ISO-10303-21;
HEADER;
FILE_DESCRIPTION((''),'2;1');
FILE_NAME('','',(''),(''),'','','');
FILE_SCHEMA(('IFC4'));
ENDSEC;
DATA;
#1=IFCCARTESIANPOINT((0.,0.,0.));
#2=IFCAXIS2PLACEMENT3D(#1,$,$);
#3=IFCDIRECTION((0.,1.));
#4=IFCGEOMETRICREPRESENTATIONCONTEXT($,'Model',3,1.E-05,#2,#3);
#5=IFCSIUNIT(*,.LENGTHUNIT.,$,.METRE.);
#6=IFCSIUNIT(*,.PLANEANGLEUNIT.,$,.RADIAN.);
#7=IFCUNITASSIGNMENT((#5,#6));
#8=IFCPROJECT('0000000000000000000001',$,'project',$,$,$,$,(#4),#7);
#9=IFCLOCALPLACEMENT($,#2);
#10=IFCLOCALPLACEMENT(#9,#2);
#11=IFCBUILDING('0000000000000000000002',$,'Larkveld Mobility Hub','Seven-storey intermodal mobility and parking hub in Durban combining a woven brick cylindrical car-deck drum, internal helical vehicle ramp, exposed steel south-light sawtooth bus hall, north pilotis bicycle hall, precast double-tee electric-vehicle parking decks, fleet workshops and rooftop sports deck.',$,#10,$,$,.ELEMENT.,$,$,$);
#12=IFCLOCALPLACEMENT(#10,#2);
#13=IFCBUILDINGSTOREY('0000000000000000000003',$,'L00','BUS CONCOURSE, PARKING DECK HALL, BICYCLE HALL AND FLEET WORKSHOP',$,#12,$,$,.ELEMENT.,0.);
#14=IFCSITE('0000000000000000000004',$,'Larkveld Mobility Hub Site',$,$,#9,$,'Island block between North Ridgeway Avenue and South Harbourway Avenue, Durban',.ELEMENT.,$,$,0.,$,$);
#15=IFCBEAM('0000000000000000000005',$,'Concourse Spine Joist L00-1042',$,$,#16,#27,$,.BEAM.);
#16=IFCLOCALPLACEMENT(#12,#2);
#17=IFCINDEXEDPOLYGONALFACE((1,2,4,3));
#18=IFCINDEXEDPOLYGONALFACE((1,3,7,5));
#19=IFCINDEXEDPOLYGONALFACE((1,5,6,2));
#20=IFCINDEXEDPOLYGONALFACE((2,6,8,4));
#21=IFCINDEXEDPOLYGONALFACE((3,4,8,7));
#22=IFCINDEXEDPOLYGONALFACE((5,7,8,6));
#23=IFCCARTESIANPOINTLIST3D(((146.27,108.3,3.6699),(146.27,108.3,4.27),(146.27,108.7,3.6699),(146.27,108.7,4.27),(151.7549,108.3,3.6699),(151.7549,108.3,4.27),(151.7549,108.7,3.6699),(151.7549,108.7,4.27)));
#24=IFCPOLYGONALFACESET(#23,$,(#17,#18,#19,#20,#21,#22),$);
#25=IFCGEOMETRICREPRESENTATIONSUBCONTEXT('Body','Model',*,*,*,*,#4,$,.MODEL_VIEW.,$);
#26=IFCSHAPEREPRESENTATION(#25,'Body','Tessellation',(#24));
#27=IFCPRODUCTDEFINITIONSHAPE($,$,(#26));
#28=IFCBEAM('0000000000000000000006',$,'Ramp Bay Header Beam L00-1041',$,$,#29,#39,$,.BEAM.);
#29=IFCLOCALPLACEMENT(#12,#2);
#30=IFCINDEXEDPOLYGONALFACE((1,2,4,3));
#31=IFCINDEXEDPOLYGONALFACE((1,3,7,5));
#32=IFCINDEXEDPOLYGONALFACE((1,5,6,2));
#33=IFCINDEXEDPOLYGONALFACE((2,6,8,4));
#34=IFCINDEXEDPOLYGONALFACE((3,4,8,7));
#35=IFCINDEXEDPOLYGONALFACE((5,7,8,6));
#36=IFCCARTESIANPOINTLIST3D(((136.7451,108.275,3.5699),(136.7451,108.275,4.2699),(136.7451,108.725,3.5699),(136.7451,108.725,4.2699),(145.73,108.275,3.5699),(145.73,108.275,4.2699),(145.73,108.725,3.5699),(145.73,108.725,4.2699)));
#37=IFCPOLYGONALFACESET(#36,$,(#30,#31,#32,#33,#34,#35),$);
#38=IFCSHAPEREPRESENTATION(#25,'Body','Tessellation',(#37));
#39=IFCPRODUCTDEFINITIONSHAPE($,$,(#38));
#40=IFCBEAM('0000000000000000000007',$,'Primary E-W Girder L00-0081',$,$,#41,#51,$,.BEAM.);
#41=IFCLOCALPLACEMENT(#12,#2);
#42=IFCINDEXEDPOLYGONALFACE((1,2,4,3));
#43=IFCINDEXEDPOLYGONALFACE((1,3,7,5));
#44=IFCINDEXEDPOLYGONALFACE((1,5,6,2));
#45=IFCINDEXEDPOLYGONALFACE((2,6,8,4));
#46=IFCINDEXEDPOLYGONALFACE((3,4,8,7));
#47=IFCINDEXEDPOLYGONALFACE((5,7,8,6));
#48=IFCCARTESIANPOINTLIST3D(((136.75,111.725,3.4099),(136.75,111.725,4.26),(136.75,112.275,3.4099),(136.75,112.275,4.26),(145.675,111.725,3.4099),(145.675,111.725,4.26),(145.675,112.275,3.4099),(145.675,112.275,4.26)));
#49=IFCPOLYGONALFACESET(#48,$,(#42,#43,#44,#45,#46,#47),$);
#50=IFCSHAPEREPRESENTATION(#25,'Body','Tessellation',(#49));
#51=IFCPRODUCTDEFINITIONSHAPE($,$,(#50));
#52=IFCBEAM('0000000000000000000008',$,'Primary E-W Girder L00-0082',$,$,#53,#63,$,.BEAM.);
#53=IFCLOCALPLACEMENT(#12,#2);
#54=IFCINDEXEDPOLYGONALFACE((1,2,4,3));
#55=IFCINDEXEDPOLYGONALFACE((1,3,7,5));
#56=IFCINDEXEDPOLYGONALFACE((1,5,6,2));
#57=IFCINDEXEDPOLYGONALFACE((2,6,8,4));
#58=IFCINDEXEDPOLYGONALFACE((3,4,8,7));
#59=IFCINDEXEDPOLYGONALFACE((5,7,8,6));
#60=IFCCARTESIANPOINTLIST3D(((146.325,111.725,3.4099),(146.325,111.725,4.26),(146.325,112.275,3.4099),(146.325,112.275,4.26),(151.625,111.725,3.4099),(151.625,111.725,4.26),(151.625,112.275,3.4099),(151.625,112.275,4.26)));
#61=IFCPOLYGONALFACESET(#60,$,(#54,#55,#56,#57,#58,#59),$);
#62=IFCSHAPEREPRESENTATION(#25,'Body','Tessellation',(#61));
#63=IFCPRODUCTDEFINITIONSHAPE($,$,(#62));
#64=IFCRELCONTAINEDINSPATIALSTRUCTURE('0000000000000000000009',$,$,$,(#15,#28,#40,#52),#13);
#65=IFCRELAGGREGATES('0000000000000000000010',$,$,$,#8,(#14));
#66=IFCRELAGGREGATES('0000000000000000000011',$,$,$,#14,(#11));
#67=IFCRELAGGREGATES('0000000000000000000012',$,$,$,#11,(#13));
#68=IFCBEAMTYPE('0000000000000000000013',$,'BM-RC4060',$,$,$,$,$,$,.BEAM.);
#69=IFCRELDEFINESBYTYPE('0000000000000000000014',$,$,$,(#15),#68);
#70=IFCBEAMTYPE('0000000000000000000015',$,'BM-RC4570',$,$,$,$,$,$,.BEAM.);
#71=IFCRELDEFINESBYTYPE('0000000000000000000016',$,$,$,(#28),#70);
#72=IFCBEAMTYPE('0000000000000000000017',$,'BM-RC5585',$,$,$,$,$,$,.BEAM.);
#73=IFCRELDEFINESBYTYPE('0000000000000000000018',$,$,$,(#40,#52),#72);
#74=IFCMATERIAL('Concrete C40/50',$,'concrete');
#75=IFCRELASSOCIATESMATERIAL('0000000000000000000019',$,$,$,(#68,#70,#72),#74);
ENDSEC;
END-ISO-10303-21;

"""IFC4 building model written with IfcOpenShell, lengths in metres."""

from ifc_helpers import new_model, si_unit, direction, frame, origin, origin_2d, place, context, subcontext, project, spatial, rectangle, extrude, material, material_profile, profile_set, type_object, element, save


model = new_model("IFC4")

# Units and contexts
model_context = context("Model", 3, precision=1e-05, world=origin(), true_north=direction((0.0, 1.0)))
body_context = subcontext(model_context, "Body", "Model", "MODEL_VIEW")
ifc_project = project(units=[si_unit("LENGTHUNIT", "METRE"), si_unit("PLANEANGLEUNIT", "RADIAN")], contexts=[model_context])

# Site, building, storey
site_placement = place(None, origin())
site = spatial("IfcSite", under=ifc_project, at=site_placement, Name="Larkveld Mobility Hub Site", LongName="Island block between North Ridgeway Avenue and South Harbourway Avenue, Durban", CompositionType="ELEMENT", RefElevation=0.0)
building_placement = place(site_placement, origin())
building = spatial("IfcBuilding", under=site, at=building_placement, Name="Larkveld Mobility Hub", Description="Seven-storey intermodal mobility and parking hub in Durban combining a woven brick cylindrical car-deck drum, internal helical vehicle ramp, exposed steel south-light sawtooth bus hall, north pilotis bicycle hall, precast double-tee electric-vehicle parking decks, fleet workshops and rooftop sports deck.", CompositionType="ELEMENT")
storey_placement = place(building_placement, origin())
storey = spatial("IfcBuildingStorey", under=building, at=storey_placement, Name="L00", Description="BUS CONCOURSE, PARKING DECK HALL, BICYCLE HALL AND FLEET WORKSHOP", CompositionType="ELEMENT", Elevation=0.0)

# Shared definitions
ifc_material_1 = material(Name="Concrete C40/50", Category="concrete")

# Beams
ifc_material_profile_1 = material_profile(ifc_material_1, rectangle(XDim=0.3999, YDim=0.6001, at=origin_2d()), Name="RC BM 400x600")
ifc_profile_set_1 = profile_set([ifc_material_profile_1], Name="Concrete C40/50")
beam_type_1 = type_object("IfcBeamType", Name="BM-RC4060", PredefinedType="BEAM", material=ifc_profile_set_1)
beam_1_placement = place(storey_placement, frame((146.27, 108.5, 3.97), z_axis=(1.0, 0.0, 0.0), x_axis=(0.0, 1.0, 0.0)))
element("IfcBeam", 1, at=beam_1_placement, inside=storey, type_object=beam_type_1, Name="Concourse Spine Joist L00-1042", PredefinedType="BEAM", context=body_context, shape_type="SweptSolid", body=[
    extrude(rectangle(XDim=0.3999, YDim=0.6001, at=origin_2d()), origin(), (0.0, 0.0, 1.0), 5.4849),
])
ifc_material_profile_2 = material_profile(ifc_material_1, rectangle(XDim=0.45, YDim=0.7, at=origin_2d()), Name="RC BM 450x700")
ifc_profile_set_2 = profile_set([ifc_material_profile_2], Name="Concrete C40/50")
beam_type_2 = type_object("IfcBeamType", Name="BM-RC4570", PredefinedType="BEAM", material=ifc_profile_set_2)
beam_2_placement = place(storey_placement, frame((136.7451, 108.5, 3.9199), z_axis=(1.0, 0.0, 0.0), x_axis=(0.0, 1.0, 0.0)))
element("IfcBeam", 2, at=beam_2_placement, inside=storey, type_object=beam_type_2, Name="Ramp Bay Header Beam L00-1041", PredefinedType="BEAM", context=body_context, shape_type="SweptSolid", body=[
    extrude(rectangle(XDim=0.45, YDim=0.7, at=origin_2d()), origin(), (0.0, 0.0, 1.0), 8.9849),
])
ifc_material_profile_3 = material_profile(ifc_material_1, rectangle(XDim=0.55, YDim=0.8501, at=origin_2d()), Name="RC BM 550x850")
ifc_profile_set_3 = profile_set([ifc_material_profile_3], Name="Concrete C40/50")
beam_type_3 = type_object("IfcBeamType", Name="BM-RC5585", PredefinedType="BEAM", material=ifc_profile_set_3)
beam_3_placement = place(storey_placement, frame((136.75, 112.0, 3.835), z_axis=(1.0, 0.0, 0.0), x_axis=(0.0, 1.0, 0.0)))
element("IfcBeam", 3, at=beam_3_placement, inside=storey, type_object=beam_type_3, Name="Primary E-W Girder L00-0081", PredefinedType="BEAM", context=body_context, shape_type="SweptSolid", body=[
    extrude(rectangle(XDim=0.55, YDim=0.8501, at=origin_2d()), origin(), (0.0, 0.0, 1.0), 8.925),
])
beam_4_placement = place(storey_placement, frame((146.325, 112.0, 3.835), z_axis=(1.0, 0.0, 0.0), x_axis=(0.0, 1.0, 0.0)))
element("IfcBeam", 4, at=beam_4_placement, inside=storey, type_object=beam_type_3, Name="Primary E-W Girder L00-0082", PredefinedType="BEAM", context=body_context, shape_type="SweptSolid", body=[
    extrude(rectangle(XDim=0.55, YDim=0.8501, at=origin_2d()), origin(), (0.0, 0.0, 1.0), 5.3),
])

save(model, "model.ifc")
